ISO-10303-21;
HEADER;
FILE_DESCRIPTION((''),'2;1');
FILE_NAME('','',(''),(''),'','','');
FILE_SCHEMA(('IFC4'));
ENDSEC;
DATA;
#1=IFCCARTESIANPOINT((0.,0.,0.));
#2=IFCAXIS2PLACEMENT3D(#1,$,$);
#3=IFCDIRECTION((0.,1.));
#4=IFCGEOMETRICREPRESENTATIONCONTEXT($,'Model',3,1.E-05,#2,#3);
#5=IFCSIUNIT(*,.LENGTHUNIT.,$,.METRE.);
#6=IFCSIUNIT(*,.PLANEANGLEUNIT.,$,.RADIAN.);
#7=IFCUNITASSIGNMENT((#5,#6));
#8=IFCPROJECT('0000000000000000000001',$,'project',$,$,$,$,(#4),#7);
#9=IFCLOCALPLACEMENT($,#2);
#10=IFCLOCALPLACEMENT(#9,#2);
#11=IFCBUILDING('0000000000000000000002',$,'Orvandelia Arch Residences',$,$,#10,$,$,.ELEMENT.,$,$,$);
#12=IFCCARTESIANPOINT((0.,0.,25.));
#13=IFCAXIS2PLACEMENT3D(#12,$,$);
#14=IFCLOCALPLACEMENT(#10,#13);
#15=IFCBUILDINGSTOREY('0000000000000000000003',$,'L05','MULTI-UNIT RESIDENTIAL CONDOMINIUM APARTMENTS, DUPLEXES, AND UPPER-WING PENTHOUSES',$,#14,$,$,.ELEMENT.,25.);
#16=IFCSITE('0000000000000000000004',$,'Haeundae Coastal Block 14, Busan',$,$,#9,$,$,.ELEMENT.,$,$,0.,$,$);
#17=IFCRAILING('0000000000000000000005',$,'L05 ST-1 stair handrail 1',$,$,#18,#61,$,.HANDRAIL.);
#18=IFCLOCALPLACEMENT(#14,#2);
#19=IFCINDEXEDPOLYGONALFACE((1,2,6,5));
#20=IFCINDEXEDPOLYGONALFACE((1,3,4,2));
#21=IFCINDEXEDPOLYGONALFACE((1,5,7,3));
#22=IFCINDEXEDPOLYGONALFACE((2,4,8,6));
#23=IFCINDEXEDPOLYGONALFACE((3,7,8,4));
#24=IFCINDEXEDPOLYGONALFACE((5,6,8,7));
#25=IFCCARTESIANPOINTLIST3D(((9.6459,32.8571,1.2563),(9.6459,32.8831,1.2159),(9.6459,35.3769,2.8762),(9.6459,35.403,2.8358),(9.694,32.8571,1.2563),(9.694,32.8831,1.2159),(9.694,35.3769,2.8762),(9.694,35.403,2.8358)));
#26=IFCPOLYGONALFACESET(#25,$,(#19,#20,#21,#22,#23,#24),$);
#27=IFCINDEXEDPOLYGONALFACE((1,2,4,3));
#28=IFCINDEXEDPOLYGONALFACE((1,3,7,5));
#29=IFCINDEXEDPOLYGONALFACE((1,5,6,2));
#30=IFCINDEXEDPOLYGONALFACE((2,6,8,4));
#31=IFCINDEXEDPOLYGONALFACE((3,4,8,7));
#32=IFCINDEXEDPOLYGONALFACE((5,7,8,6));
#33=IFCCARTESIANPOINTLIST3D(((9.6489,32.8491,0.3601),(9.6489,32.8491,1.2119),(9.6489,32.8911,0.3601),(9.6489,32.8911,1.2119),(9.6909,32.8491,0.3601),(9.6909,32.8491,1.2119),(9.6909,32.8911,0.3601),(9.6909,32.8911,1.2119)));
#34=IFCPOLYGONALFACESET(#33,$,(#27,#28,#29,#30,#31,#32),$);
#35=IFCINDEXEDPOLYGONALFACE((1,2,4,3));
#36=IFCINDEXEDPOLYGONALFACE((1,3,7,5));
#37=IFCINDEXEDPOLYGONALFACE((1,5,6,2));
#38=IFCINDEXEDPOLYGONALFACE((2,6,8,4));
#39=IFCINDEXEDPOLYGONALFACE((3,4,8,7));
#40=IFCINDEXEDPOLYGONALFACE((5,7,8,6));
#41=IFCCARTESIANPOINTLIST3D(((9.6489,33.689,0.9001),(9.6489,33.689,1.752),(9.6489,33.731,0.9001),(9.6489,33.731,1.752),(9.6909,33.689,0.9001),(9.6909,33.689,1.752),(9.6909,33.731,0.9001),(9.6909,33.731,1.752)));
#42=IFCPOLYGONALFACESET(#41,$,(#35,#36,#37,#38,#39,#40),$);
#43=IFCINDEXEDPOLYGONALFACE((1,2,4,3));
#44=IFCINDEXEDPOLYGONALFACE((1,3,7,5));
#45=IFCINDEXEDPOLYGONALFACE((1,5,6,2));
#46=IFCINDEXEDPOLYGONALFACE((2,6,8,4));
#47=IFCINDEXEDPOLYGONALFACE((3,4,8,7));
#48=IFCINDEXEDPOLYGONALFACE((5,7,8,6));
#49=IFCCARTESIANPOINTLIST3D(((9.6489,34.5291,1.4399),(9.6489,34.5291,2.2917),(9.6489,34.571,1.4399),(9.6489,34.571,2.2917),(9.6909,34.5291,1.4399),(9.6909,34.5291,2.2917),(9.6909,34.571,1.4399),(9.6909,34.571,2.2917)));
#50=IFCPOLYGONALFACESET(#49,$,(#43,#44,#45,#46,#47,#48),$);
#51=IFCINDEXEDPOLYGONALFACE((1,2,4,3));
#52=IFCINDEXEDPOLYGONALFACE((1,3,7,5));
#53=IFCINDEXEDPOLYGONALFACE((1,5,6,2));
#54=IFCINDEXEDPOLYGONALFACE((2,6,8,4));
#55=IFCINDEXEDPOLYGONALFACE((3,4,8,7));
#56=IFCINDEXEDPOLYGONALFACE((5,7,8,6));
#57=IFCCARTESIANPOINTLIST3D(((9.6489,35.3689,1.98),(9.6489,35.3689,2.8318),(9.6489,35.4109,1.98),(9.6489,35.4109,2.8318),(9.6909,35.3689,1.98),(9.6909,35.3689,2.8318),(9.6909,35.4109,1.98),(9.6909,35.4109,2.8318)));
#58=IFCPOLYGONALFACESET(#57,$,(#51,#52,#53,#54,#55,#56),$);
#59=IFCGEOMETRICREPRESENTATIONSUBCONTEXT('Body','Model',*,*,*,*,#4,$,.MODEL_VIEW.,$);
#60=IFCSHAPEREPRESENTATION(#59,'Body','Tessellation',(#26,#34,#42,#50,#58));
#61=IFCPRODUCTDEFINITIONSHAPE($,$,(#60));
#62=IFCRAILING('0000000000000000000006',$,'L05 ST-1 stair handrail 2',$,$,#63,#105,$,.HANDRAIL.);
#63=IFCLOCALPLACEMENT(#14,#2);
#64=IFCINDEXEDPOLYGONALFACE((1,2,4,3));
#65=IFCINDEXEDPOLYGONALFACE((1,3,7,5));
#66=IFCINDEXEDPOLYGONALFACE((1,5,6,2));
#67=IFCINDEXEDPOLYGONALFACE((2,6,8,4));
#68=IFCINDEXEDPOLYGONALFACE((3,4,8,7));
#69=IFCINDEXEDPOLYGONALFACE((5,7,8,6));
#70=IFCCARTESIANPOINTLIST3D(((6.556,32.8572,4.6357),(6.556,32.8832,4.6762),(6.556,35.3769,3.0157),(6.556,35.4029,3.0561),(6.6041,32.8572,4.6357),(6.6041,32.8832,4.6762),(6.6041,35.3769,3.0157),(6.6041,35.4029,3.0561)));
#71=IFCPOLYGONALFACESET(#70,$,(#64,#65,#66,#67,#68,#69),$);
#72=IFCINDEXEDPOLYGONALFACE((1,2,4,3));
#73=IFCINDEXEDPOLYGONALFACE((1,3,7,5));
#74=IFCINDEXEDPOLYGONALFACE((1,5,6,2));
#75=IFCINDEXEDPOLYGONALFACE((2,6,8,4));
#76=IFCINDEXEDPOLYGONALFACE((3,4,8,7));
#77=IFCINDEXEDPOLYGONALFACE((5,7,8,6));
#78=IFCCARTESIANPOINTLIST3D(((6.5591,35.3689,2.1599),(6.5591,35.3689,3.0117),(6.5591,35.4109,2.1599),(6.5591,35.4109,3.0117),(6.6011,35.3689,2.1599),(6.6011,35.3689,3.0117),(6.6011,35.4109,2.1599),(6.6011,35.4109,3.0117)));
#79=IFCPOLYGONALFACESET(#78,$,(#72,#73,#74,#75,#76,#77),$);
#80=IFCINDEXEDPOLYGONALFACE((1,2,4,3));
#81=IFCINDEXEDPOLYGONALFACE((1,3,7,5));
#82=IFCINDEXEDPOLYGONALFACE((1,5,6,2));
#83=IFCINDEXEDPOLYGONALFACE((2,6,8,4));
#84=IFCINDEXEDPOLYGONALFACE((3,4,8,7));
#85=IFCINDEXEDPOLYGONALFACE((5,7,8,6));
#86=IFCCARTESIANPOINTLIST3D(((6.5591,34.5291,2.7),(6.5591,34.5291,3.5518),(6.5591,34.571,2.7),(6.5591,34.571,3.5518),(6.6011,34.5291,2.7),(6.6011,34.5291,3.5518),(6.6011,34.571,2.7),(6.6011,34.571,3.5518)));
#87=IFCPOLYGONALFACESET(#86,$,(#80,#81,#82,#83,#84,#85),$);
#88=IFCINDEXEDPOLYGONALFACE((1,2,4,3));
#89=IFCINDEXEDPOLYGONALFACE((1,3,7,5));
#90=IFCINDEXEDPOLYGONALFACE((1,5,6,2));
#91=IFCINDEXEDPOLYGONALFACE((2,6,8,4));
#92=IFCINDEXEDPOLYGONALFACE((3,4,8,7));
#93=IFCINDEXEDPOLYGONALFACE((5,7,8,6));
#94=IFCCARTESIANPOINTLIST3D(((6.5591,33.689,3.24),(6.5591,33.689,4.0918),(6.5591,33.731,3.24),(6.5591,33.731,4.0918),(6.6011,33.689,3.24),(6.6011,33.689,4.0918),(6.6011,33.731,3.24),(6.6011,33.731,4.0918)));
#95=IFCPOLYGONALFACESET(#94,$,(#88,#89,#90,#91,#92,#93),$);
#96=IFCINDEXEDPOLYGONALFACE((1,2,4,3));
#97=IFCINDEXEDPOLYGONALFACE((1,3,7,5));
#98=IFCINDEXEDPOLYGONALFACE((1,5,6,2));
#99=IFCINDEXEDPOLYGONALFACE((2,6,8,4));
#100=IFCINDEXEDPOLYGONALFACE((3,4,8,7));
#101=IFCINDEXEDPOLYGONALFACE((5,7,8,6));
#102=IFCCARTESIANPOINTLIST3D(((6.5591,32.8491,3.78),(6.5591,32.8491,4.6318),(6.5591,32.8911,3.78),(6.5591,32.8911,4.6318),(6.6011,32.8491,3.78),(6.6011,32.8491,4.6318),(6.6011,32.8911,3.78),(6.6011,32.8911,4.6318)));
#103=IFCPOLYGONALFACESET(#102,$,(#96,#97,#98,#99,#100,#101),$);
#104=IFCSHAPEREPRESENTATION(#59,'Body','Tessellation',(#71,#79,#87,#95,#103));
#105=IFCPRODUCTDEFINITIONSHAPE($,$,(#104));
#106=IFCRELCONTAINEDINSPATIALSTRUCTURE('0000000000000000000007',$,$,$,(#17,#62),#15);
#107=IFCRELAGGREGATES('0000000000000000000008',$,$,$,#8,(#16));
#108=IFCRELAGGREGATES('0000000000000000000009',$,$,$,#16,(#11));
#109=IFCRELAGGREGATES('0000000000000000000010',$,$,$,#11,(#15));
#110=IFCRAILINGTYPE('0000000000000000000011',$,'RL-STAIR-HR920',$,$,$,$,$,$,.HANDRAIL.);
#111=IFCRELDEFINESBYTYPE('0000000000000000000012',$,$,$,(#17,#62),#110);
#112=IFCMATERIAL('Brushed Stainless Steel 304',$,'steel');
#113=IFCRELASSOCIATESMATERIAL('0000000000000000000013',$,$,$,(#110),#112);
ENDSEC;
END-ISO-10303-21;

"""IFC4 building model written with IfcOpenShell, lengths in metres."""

from ifc_helpers import new_model, si_unit, direction, frame, origin, origin_2d, place, context, subcontext, project, spatial, rectangle, extrude, material, type_object, element, save


model = new_model("IFC4")

# Units and contexts
model_context = context("Model", 3, precision=1e-05, world=origin(), true_north=direction((0.0, 1.0)))
body_context = subcontext(model_context, "Body", "Model", "MODEL_VIEW")
ifc_project = project(units=[si_unit("LENGTHUNIT", "METRE"), si_unit("PLANEANGLEUNIT", "RADIAN")], contexts=[model_context])

# Site, building, storey
site_placement = place(None, origin())
site = spatial("IfcSite", under=ifc_project, at=site_placement, Name="Haeundae Coastal Block 14, Busan", CompositionType="ELEMENT", RefElevation=0.0)
building_placement = place(site_placement, origin())
building = spatial("IfcBuilding", under=site, at=building_placement, Name="Orvandelia Arch Residences", CompositionType="ELEMENT")
storey_placement = place(building_placement, frame((0.0, 0.0, 25.0)))
storey = spatial("IfcBuildingStorey", under=building, at=storey_placement, Name="L05", Description="MULTI-UNIT RESIDENTIAL CONDOMINIUM APARTMENTS, DUPLEXES, AND UPPER-WING PENTHOUSES", CompositionType="ELEMENT", Elevation=25.0)

# Railings
ifc_material_1 = material(Name="Brushed Stainless Steel 304", Category="steel")
railing_type_1 = type_object("IfcRailingType", Name="RL-STAIR-HR920", PredefinedType="HANDRAIL", material=ifc_material_1)
railing_1_placement = place(storey_placement, frame((9.6699, 32.8701, 0.3601)))
element("IfcRailing", 1, at=railing_1_placement, inside=storey, type_object=railing_type_1, Name="L05 ST-1 stair handrail 1", PredefinedType="HANDRAIL", context=body_context, shape_type="SweptSolid", body=[
    extrude(rectangle(XDim=0.0481, YDim=0.0481, at=origin_2d()), frame((0.0, 0.0, 0.876), z_axis=(0.0, 0.841176, 0.540762), x_axis=(-1.0, 0.0, 0.0)), (0.0, 0.0, 1.0), 2.9956),
    extrude(rectangle(XDim=0.042, YDim=0.042, at=origin_2d()), origin(), (0.0, 0.0, 1.0), 0.8518),
    extrude(rectangle(XDim=0.042, YDim=0.042, at=origin_2d()), frame((0.0, 0.8398, 0.54)), (0.0, 0.0, 1.0), 0.8518),
    extrude(rectangle(XDim=0.042, YDim=0.042, at=origin_2d()), frame((0.0, 1.6799, 1.0798)), (0.0, 0.0, 1.0), 0.8518),
    extrude(rectangle(XDim=0.042, YDim=0.042, at=origin_2d()), frame((0.0, 2.5198, 1.6199)), (0.0, 0.0, 1.0), 0.8518),
])
railing_2_placement = place(storey_placement, frame((6.5801, 35.3899, 2.1599)))
element("IfcRailing", 2, at=railing_2_placement, inside=storey, type_object=railing_type_1, Name="L05 ST-1 stair handrail 2", PredefinedType="HANDRAIL", context=body_context, shape_type="SweptSolid", body=[
    extrude(rectangle(XDim=0.0481, YDim=0.0481, at=origin_2d()), frame((0.0, 0.0, 0.876), z_axis=(0.0, -0.841139, 0.540819), x_axis=(1.0, 0.0, 0.0)), (0.0, 0.0, 1.0), 2.9956),
    extrude(rectangle(XDim=0.042, YDim=0.042, at=origin_2d()), origin(), (0.0, 0.0, 1.0), 0.8518),
    extrude(rectangle(XDim=0.042, YDim=0.042, at=origin_2d()), frame((0.0, -0.8398, 0.54)), (0.0, 0.0, 1.0), 0.8518),
    extrude(rectangle(XDim=0.042, YDim=0.042, at=origin_2d()), frame((0.0, -1.6799, 1.0801)), (0.0, 0.0, 1.0), 0.8518),
    extrude(rectangle(XDim=0.042, YDim=0.042, at=origin_2d()), frame((0.0, -2.5198, 1.6201)), (0.0, 0.0, 1.0), 0.8518),
])

save(model, "model.ifc")
